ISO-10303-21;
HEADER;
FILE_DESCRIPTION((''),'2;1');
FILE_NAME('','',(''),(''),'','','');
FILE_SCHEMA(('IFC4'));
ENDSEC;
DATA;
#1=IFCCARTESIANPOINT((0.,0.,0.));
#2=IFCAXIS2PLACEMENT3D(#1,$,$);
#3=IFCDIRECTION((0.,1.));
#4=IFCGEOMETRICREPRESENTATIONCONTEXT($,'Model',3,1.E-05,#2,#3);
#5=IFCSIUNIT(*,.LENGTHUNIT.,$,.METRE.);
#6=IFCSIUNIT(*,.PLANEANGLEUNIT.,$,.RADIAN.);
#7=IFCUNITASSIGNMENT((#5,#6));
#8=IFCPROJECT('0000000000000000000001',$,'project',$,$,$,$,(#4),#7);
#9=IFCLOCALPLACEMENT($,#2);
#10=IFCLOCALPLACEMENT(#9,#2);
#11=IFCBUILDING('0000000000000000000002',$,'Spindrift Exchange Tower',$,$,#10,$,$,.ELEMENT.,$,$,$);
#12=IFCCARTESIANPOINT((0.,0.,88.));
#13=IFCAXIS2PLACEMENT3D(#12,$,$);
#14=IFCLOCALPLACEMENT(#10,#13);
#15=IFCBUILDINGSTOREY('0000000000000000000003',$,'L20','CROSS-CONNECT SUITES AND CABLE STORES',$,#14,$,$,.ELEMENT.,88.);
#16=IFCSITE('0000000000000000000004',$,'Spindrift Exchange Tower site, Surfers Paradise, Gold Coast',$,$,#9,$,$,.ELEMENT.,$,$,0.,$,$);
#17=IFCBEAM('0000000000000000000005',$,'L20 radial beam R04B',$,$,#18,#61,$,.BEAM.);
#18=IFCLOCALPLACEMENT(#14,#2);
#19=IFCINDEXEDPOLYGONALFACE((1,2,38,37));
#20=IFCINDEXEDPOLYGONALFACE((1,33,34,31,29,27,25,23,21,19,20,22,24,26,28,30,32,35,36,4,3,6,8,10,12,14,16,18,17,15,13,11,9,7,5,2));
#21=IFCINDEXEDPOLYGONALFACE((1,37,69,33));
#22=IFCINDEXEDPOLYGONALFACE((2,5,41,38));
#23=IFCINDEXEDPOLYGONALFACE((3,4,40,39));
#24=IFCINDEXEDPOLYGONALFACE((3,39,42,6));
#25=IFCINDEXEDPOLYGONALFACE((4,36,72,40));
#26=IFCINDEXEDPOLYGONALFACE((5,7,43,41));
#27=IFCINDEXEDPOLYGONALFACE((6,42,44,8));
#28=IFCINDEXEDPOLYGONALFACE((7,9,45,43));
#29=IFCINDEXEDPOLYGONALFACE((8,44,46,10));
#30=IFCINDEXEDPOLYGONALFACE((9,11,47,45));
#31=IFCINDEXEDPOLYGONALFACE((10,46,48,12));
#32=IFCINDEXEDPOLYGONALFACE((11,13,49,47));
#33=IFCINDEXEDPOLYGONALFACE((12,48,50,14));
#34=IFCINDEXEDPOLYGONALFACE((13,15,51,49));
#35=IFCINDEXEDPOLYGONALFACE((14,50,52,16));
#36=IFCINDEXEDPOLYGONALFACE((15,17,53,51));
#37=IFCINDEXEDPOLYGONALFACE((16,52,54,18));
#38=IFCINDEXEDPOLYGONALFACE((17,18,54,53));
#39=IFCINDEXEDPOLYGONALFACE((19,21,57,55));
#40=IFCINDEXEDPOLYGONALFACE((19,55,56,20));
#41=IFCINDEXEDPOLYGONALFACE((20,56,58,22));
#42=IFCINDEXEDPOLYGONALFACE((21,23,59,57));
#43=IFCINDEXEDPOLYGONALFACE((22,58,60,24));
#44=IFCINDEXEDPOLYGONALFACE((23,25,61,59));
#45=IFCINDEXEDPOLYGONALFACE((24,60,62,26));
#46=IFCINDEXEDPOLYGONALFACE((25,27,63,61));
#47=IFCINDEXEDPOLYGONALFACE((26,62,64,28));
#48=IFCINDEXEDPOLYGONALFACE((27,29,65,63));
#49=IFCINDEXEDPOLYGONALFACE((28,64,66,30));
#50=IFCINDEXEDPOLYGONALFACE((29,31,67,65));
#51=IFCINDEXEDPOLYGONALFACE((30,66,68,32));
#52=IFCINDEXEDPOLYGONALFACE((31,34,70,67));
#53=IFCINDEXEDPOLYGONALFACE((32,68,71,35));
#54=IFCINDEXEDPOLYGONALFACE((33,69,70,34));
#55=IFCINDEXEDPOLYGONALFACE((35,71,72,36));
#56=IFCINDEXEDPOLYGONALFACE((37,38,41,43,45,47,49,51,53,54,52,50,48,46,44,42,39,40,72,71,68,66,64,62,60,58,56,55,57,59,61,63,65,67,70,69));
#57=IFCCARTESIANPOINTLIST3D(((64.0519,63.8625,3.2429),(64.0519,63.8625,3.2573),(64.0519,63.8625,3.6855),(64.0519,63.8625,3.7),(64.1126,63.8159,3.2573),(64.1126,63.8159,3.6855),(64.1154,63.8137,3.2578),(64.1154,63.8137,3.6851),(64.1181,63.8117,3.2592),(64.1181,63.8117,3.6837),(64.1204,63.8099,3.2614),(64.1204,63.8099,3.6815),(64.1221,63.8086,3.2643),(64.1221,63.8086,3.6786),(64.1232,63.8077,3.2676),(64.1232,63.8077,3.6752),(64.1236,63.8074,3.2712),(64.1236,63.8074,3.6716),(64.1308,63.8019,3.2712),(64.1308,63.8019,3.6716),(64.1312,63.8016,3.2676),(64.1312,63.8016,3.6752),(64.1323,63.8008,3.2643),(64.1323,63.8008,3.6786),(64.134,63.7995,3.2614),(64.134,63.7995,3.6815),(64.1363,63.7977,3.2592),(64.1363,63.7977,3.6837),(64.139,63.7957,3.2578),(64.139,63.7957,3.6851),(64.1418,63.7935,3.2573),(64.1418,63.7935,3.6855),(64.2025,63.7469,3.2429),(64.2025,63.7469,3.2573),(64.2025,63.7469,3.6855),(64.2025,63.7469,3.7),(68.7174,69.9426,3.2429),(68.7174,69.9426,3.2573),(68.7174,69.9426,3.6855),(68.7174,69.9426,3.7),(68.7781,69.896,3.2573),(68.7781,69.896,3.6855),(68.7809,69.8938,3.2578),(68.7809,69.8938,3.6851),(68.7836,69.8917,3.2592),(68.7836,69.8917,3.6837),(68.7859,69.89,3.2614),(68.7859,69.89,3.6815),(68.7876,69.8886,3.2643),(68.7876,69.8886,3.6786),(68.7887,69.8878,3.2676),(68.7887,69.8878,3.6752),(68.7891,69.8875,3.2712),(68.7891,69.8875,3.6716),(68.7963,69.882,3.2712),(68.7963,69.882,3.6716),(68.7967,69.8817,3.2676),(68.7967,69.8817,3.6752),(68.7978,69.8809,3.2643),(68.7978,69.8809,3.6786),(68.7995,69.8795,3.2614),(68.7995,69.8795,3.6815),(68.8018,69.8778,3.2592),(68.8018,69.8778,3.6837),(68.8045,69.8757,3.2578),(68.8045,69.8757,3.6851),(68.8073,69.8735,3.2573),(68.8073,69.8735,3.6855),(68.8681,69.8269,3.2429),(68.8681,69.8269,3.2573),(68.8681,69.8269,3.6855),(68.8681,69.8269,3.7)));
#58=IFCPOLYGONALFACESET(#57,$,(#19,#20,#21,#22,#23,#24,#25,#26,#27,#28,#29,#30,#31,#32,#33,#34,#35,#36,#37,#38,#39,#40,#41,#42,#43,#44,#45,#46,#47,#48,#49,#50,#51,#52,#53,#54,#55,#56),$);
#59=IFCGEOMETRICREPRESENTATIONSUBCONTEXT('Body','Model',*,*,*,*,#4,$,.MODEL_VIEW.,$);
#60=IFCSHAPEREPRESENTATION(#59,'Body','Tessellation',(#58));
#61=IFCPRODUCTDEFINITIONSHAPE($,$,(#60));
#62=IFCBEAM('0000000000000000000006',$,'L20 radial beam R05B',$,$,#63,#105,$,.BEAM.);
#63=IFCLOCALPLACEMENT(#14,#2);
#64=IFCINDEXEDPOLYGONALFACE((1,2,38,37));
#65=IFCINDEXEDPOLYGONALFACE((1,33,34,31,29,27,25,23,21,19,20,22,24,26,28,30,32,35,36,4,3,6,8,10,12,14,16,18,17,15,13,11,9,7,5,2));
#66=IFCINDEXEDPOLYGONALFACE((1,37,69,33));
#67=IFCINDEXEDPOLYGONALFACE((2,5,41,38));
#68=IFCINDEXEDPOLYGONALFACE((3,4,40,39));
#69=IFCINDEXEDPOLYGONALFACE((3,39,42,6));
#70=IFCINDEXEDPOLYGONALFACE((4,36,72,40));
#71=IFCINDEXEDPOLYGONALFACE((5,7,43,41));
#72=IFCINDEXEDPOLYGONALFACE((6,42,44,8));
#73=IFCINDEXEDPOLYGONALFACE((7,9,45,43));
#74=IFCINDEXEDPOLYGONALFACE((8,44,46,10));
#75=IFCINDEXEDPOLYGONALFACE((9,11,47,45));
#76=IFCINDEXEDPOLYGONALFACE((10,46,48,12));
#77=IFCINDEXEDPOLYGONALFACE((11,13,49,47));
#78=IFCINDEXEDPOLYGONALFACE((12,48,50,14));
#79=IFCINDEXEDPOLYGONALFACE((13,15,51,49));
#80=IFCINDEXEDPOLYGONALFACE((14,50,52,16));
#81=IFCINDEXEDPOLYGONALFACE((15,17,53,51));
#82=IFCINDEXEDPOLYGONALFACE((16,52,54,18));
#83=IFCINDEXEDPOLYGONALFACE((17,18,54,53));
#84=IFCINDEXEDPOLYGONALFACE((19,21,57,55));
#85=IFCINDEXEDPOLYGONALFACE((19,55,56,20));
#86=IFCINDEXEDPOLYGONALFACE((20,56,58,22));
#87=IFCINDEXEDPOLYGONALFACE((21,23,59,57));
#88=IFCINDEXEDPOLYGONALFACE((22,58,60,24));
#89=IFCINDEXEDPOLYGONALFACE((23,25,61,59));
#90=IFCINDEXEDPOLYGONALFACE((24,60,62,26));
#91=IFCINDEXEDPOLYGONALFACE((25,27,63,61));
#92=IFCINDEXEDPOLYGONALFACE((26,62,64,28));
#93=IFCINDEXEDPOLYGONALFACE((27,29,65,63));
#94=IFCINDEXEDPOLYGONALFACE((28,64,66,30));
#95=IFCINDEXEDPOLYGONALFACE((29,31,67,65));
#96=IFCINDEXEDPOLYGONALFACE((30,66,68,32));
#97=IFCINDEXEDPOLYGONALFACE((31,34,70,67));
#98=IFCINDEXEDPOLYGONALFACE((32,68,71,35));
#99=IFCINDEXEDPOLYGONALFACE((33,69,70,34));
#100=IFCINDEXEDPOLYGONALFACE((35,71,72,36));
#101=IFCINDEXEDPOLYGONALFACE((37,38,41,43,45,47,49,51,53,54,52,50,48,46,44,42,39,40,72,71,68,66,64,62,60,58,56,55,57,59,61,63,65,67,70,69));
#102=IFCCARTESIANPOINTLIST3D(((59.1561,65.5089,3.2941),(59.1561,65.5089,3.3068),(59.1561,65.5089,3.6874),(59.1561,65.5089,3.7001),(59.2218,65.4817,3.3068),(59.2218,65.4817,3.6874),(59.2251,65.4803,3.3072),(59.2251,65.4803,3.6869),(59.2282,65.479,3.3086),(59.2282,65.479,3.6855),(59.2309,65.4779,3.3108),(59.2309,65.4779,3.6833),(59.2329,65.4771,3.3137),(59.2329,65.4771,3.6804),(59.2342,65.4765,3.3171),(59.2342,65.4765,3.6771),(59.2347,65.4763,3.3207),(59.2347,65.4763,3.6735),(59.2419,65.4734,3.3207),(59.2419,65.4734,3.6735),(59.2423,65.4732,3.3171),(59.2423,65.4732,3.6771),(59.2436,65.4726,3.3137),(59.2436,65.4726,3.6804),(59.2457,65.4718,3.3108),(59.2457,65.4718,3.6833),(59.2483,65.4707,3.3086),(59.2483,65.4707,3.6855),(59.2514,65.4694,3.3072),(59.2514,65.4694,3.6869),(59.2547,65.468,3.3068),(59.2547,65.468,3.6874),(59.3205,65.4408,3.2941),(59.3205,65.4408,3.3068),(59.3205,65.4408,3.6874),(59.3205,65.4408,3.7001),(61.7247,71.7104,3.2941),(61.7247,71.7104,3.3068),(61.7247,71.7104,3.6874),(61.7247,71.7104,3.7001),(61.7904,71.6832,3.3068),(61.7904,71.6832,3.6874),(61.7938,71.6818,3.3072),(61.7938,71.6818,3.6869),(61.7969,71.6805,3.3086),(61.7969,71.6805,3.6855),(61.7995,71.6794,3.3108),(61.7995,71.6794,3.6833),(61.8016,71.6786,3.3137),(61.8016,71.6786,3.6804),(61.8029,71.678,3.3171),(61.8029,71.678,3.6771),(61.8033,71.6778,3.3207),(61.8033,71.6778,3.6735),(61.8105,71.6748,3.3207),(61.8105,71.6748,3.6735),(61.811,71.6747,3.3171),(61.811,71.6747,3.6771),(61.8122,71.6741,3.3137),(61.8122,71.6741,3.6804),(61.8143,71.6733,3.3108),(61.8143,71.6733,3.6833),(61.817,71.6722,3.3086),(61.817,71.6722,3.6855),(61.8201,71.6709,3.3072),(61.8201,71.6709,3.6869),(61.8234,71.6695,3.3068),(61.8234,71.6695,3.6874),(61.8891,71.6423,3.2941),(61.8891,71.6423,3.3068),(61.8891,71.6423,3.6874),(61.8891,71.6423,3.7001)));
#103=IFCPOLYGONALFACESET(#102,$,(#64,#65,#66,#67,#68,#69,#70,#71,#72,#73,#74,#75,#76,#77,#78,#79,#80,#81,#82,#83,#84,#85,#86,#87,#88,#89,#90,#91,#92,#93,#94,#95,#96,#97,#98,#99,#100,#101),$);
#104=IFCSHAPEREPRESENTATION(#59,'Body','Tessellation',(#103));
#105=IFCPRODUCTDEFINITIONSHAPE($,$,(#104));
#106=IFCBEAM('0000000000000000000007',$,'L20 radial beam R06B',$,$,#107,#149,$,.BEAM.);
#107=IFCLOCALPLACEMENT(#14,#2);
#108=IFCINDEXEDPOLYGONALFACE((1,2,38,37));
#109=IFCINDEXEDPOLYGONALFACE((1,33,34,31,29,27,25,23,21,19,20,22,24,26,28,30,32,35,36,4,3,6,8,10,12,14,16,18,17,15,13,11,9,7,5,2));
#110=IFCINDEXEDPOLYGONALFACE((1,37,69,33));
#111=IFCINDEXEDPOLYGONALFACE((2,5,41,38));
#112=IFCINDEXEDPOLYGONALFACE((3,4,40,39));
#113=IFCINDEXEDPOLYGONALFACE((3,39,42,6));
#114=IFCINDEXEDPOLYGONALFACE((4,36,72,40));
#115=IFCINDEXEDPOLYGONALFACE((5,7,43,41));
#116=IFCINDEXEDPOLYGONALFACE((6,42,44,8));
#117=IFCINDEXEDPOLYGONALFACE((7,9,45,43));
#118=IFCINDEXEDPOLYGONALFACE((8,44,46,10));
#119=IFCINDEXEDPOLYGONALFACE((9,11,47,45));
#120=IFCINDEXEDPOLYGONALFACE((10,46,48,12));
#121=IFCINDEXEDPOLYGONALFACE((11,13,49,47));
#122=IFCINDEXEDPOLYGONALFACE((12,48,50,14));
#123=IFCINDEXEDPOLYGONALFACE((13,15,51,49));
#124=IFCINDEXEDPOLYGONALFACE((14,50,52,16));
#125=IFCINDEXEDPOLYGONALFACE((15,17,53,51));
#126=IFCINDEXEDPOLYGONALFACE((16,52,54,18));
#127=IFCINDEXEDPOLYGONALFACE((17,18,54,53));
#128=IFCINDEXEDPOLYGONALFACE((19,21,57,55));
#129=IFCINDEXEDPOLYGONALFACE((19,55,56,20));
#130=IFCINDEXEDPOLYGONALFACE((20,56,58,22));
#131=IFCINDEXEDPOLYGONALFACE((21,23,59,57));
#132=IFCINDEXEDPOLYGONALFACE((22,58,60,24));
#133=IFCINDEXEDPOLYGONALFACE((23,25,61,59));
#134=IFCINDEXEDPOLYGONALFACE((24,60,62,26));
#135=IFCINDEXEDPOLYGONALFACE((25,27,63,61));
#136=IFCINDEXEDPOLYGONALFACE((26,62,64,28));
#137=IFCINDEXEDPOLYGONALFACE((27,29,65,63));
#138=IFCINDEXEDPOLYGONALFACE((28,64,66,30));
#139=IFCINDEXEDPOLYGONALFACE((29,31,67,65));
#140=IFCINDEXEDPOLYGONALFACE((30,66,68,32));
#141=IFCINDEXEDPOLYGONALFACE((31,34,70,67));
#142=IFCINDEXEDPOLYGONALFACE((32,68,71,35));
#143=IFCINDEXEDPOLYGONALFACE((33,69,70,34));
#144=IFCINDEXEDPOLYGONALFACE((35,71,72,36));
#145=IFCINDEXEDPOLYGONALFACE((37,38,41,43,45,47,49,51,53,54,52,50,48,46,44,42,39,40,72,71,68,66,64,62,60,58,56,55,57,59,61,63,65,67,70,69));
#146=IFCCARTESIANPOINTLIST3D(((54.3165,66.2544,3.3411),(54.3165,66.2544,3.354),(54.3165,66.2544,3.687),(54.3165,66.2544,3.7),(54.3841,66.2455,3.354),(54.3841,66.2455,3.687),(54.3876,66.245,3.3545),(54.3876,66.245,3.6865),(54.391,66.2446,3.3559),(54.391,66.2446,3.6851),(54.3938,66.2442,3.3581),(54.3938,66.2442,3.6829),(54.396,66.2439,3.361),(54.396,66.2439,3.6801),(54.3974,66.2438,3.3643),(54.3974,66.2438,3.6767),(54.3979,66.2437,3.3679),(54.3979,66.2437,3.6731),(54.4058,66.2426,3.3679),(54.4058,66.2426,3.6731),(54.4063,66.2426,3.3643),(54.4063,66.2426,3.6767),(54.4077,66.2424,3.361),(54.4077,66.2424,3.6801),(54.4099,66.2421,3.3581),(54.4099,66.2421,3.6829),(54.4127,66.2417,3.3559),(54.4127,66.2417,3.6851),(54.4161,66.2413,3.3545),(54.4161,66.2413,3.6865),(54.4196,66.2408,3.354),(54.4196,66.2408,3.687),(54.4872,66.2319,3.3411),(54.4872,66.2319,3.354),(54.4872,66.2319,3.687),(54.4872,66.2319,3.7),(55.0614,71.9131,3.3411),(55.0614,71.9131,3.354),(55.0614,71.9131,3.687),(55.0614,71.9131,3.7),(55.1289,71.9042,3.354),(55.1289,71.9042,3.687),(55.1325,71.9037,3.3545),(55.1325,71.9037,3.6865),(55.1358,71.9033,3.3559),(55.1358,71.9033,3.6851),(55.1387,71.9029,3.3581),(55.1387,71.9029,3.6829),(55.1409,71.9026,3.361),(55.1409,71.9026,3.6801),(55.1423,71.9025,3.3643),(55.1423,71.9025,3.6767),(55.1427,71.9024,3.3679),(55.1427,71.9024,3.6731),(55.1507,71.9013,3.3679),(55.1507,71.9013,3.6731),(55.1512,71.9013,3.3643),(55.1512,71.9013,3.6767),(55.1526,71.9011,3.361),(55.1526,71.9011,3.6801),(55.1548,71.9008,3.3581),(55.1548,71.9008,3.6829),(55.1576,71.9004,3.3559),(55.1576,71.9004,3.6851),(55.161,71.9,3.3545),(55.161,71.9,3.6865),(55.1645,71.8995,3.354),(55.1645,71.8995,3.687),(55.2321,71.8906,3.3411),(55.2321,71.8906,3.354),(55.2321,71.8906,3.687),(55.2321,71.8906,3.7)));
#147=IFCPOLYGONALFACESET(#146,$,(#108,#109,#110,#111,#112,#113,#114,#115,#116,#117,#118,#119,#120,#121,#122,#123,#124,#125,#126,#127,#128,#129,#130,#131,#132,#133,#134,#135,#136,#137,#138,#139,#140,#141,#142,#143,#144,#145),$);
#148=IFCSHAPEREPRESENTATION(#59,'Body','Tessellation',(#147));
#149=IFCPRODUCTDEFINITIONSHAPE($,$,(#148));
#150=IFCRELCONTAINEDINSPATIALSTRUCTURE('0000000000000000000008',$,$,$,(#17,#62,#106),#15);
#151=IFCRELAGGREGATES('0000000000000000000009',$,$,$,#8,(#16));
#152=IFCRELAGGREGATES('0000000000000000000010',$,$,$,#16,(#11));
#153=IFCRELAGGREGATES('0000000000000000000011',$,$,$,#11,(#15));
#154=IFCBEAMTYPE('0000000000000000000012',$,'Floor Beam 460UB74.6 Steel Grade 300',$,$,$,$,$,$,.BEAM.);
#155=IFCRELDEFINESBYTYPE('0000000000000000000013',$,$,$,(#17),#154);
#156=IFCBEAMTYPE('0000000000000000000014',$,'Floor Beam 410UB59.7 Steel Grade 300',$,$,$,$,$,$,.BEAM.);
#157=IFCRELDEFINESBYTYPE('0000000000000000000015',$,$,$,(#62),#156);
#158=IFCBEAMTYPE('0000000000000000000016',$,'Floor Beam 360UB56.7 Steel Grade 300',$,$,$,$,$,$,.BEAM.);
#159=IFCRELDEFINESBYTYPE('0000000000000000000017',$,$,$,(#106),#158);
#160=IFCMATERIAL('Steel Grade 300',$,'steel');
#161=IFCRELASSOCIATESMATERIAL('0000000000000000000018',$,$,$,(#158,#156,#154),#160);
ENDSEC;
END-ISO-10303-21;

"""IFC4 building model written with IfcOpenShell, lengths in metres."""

from ifc_helpers import new_model, si_unit, direction, frame, origin, origin_2d, place, context, subcontext, project, spatial, i_section, extrude, source, transform, mapped, material, material_profile, profile_set, type_object, element, save


model = new_model("IFC4")

# Units and contexts
model_context = context("Model", 3, precision=1e-05, world=origin(), true_north=direction((0.0, 1.0)))
body_context = subcontext(model_context, "Body", "Model", "MODEL_VIEW")
ifc_project = project(units=[si_unit("LENGTHUNIT", "METRE"), si_unit("PLANEANGLEUNIT", "RADIAN")], contexts=[model_context])

# Site, building, storey
site_placement = place(None, origin())
site = spatial("IfcSite", under=ifc_project, at=site_placement, Name="Spindrift Exchange Tower site, Surfers Paradise, Gold Coast", CompositionType="ELEMENT", RefElevation=0.0)
building_placement = place(site_placement, origin())
building = spatial("IfcBuilding", under=site, at=building_placement, Name="Spindrift Exchange Tower", CompositionType="ELEMENT")
storey_placement = place(building_placement, frame((0.0, 0.0, 88.0)))
storey = spatial("IfcBuildingStorey", under=building, at=storey_placement, Name="L20", Description="CROSS-CONNECT SUITES AND CABLE STORES", CompositionType="ELEMENT", Elevation=88.0)

# Beams
ifc_material_1 = material(Name="Steel Grade 300", Category="steel")
ifc_material_profile_1 = material_profile(ifc_material_1, i_section(OverallWidth=0.1721, OverallDepth=0.3589, WebThickness=0.0081, FlangeThickness=0.0129, FilletRadius=0.0139, at=origin_2d()), Name="360UB56.7")
ifc_profile_set_1 = profile_set([ifc_material_profile_1], Name="Steel Grade 300")
beam_type_1 = type_object("IfcBeamType", Name="Floor Beam 360UB56.7 Steel Grade 300", PredefinedType="BEAM", material=ifc_profile_set_1)
ifc_material_profile_2 = material_profile(ifc_material_1, i_section(OverallWidth=0.178, OverallDepth=0.406, WebThickness=0.0078, FlangeThickness=0.0127, FilletRadius=0.0139, at=origin_2d()), Name="410UB59.7")
ifc_profile_set_2 = profile_set([ifc_material_profile_2], Name="Steel Grade 300")
beam_type_2 = type_object("IfcBeamType", Name="Floor Beam 410UB59.7 Steel Grade 300", PredefinedType="BEAM", material=ifc_profile_set_2)
ifc_material_profile_3 = material_profile(ifc_material_1, i_section(OverallWidth=0.1899, OverallDepth=0.457, WebThickness=0.009, FlangeThickness=0.0144, FilletRadius=0.0139, at=origin_2d()), Name="460UB74.6")
ifc_profile_set_3 = profile_set([ifc_material_profile_3], Name="Steel Grade 300")
beam_type_3 = type_object("IfcBeamType", Name="Floor Beam 460UB74.6 Steel Grade 300", PredefinedType="BEAM", material=ifc_profile_set_3)
shared_shape_1 = source(origin(), body_context, "Body", "SweptSolid", [
    extrude(i_section(OverallWidth=0.1899, OverallDepth=0.457, WebThickness=0.009, FlangeThickness=0.0144, FilletRadius=0.0139, at=origin_2d()), origin(), (0.0, 0.0, 1.0), 7.6638),
])
beam_1_placement = place(storey_placement, frame((64.1272, 63.8047, 3.4714), z_axis=(0.608771, 0.793346, 0.0), x_axis=(-0.793346, 0.608771, 0.0)))
element("IfcBeam", 1, at=beam_1_placement, inside=storey, type_object=beam_type_3, Name="L20 radial beam R04B", PredefinedType="BEAM", context=body_context, shape_type="MappedRepresentation", body=[
    mapped(shared_shape_1, transform((0.0, 0.0, 0.0), scale=1.0)),
])
shared_shape_2 = source(origin(), body_context, "Body", "SweptSolid", [
    extrude(i_section(OverallWidth=0.178, OverallDepth=0.406, WebThickness=0.0078, FlangeThickness=0.0127, FilletRadius=0.0139, at=origin_2d()), origin(), (0.0, 0.0, 1.0), 6.7124),
])
beam_2_placement = place(storey_placement, frame((59.2383, 65.4749, 3.4971), z_axis=(0.38267, 0.923885, 0.0), x_axis=(-0.923885, 0.38267, 0.0)))
element("IfcBeam", 2, at=beam_2_placement, inside=storey, type_object=beam_type_2, Name="L20 radial beam R05B", PredefinedType="BEAM", context=body_context, shape_type="MappedRepresentation", body=[
    mapped(shared_shape_2, transform((0.0, 0.0, 0.0), scale=1.0)),
])
shared_shape_3 = source(origin(), body_context, "Body", "SweptSolid", [
    extrude(i_section(OverallWidth=0.1721, OverallDepth=0.3589, WebThickness=0.0081, FlangeThickness=0.0129, FilletRadius=0.0139, at=origin_2d()), origin(), (0.0, 0.0, 1.0), 5.7075),
])
beam_3_placement = place(storey_placement, frame((54.4019, 66.2432, 3.5205), z_axis=(0.130508, 0.991447, 0.0), x_axis=(-0.991447, 0.130508, 0.0)))
element("IfcBeam", 3, at=beam_3_placement, inside=storey, type_object=beam_type_1, Name="L20 radial beam R06B", PredefinedType="BEAM", context=body_context, shape_type="MappedRepresentation", body=[
    mapped(shared_shape_3, transform((0.0, 0.0, 0.0), scale=1.0)),
])

save(model, "model.ifc")
